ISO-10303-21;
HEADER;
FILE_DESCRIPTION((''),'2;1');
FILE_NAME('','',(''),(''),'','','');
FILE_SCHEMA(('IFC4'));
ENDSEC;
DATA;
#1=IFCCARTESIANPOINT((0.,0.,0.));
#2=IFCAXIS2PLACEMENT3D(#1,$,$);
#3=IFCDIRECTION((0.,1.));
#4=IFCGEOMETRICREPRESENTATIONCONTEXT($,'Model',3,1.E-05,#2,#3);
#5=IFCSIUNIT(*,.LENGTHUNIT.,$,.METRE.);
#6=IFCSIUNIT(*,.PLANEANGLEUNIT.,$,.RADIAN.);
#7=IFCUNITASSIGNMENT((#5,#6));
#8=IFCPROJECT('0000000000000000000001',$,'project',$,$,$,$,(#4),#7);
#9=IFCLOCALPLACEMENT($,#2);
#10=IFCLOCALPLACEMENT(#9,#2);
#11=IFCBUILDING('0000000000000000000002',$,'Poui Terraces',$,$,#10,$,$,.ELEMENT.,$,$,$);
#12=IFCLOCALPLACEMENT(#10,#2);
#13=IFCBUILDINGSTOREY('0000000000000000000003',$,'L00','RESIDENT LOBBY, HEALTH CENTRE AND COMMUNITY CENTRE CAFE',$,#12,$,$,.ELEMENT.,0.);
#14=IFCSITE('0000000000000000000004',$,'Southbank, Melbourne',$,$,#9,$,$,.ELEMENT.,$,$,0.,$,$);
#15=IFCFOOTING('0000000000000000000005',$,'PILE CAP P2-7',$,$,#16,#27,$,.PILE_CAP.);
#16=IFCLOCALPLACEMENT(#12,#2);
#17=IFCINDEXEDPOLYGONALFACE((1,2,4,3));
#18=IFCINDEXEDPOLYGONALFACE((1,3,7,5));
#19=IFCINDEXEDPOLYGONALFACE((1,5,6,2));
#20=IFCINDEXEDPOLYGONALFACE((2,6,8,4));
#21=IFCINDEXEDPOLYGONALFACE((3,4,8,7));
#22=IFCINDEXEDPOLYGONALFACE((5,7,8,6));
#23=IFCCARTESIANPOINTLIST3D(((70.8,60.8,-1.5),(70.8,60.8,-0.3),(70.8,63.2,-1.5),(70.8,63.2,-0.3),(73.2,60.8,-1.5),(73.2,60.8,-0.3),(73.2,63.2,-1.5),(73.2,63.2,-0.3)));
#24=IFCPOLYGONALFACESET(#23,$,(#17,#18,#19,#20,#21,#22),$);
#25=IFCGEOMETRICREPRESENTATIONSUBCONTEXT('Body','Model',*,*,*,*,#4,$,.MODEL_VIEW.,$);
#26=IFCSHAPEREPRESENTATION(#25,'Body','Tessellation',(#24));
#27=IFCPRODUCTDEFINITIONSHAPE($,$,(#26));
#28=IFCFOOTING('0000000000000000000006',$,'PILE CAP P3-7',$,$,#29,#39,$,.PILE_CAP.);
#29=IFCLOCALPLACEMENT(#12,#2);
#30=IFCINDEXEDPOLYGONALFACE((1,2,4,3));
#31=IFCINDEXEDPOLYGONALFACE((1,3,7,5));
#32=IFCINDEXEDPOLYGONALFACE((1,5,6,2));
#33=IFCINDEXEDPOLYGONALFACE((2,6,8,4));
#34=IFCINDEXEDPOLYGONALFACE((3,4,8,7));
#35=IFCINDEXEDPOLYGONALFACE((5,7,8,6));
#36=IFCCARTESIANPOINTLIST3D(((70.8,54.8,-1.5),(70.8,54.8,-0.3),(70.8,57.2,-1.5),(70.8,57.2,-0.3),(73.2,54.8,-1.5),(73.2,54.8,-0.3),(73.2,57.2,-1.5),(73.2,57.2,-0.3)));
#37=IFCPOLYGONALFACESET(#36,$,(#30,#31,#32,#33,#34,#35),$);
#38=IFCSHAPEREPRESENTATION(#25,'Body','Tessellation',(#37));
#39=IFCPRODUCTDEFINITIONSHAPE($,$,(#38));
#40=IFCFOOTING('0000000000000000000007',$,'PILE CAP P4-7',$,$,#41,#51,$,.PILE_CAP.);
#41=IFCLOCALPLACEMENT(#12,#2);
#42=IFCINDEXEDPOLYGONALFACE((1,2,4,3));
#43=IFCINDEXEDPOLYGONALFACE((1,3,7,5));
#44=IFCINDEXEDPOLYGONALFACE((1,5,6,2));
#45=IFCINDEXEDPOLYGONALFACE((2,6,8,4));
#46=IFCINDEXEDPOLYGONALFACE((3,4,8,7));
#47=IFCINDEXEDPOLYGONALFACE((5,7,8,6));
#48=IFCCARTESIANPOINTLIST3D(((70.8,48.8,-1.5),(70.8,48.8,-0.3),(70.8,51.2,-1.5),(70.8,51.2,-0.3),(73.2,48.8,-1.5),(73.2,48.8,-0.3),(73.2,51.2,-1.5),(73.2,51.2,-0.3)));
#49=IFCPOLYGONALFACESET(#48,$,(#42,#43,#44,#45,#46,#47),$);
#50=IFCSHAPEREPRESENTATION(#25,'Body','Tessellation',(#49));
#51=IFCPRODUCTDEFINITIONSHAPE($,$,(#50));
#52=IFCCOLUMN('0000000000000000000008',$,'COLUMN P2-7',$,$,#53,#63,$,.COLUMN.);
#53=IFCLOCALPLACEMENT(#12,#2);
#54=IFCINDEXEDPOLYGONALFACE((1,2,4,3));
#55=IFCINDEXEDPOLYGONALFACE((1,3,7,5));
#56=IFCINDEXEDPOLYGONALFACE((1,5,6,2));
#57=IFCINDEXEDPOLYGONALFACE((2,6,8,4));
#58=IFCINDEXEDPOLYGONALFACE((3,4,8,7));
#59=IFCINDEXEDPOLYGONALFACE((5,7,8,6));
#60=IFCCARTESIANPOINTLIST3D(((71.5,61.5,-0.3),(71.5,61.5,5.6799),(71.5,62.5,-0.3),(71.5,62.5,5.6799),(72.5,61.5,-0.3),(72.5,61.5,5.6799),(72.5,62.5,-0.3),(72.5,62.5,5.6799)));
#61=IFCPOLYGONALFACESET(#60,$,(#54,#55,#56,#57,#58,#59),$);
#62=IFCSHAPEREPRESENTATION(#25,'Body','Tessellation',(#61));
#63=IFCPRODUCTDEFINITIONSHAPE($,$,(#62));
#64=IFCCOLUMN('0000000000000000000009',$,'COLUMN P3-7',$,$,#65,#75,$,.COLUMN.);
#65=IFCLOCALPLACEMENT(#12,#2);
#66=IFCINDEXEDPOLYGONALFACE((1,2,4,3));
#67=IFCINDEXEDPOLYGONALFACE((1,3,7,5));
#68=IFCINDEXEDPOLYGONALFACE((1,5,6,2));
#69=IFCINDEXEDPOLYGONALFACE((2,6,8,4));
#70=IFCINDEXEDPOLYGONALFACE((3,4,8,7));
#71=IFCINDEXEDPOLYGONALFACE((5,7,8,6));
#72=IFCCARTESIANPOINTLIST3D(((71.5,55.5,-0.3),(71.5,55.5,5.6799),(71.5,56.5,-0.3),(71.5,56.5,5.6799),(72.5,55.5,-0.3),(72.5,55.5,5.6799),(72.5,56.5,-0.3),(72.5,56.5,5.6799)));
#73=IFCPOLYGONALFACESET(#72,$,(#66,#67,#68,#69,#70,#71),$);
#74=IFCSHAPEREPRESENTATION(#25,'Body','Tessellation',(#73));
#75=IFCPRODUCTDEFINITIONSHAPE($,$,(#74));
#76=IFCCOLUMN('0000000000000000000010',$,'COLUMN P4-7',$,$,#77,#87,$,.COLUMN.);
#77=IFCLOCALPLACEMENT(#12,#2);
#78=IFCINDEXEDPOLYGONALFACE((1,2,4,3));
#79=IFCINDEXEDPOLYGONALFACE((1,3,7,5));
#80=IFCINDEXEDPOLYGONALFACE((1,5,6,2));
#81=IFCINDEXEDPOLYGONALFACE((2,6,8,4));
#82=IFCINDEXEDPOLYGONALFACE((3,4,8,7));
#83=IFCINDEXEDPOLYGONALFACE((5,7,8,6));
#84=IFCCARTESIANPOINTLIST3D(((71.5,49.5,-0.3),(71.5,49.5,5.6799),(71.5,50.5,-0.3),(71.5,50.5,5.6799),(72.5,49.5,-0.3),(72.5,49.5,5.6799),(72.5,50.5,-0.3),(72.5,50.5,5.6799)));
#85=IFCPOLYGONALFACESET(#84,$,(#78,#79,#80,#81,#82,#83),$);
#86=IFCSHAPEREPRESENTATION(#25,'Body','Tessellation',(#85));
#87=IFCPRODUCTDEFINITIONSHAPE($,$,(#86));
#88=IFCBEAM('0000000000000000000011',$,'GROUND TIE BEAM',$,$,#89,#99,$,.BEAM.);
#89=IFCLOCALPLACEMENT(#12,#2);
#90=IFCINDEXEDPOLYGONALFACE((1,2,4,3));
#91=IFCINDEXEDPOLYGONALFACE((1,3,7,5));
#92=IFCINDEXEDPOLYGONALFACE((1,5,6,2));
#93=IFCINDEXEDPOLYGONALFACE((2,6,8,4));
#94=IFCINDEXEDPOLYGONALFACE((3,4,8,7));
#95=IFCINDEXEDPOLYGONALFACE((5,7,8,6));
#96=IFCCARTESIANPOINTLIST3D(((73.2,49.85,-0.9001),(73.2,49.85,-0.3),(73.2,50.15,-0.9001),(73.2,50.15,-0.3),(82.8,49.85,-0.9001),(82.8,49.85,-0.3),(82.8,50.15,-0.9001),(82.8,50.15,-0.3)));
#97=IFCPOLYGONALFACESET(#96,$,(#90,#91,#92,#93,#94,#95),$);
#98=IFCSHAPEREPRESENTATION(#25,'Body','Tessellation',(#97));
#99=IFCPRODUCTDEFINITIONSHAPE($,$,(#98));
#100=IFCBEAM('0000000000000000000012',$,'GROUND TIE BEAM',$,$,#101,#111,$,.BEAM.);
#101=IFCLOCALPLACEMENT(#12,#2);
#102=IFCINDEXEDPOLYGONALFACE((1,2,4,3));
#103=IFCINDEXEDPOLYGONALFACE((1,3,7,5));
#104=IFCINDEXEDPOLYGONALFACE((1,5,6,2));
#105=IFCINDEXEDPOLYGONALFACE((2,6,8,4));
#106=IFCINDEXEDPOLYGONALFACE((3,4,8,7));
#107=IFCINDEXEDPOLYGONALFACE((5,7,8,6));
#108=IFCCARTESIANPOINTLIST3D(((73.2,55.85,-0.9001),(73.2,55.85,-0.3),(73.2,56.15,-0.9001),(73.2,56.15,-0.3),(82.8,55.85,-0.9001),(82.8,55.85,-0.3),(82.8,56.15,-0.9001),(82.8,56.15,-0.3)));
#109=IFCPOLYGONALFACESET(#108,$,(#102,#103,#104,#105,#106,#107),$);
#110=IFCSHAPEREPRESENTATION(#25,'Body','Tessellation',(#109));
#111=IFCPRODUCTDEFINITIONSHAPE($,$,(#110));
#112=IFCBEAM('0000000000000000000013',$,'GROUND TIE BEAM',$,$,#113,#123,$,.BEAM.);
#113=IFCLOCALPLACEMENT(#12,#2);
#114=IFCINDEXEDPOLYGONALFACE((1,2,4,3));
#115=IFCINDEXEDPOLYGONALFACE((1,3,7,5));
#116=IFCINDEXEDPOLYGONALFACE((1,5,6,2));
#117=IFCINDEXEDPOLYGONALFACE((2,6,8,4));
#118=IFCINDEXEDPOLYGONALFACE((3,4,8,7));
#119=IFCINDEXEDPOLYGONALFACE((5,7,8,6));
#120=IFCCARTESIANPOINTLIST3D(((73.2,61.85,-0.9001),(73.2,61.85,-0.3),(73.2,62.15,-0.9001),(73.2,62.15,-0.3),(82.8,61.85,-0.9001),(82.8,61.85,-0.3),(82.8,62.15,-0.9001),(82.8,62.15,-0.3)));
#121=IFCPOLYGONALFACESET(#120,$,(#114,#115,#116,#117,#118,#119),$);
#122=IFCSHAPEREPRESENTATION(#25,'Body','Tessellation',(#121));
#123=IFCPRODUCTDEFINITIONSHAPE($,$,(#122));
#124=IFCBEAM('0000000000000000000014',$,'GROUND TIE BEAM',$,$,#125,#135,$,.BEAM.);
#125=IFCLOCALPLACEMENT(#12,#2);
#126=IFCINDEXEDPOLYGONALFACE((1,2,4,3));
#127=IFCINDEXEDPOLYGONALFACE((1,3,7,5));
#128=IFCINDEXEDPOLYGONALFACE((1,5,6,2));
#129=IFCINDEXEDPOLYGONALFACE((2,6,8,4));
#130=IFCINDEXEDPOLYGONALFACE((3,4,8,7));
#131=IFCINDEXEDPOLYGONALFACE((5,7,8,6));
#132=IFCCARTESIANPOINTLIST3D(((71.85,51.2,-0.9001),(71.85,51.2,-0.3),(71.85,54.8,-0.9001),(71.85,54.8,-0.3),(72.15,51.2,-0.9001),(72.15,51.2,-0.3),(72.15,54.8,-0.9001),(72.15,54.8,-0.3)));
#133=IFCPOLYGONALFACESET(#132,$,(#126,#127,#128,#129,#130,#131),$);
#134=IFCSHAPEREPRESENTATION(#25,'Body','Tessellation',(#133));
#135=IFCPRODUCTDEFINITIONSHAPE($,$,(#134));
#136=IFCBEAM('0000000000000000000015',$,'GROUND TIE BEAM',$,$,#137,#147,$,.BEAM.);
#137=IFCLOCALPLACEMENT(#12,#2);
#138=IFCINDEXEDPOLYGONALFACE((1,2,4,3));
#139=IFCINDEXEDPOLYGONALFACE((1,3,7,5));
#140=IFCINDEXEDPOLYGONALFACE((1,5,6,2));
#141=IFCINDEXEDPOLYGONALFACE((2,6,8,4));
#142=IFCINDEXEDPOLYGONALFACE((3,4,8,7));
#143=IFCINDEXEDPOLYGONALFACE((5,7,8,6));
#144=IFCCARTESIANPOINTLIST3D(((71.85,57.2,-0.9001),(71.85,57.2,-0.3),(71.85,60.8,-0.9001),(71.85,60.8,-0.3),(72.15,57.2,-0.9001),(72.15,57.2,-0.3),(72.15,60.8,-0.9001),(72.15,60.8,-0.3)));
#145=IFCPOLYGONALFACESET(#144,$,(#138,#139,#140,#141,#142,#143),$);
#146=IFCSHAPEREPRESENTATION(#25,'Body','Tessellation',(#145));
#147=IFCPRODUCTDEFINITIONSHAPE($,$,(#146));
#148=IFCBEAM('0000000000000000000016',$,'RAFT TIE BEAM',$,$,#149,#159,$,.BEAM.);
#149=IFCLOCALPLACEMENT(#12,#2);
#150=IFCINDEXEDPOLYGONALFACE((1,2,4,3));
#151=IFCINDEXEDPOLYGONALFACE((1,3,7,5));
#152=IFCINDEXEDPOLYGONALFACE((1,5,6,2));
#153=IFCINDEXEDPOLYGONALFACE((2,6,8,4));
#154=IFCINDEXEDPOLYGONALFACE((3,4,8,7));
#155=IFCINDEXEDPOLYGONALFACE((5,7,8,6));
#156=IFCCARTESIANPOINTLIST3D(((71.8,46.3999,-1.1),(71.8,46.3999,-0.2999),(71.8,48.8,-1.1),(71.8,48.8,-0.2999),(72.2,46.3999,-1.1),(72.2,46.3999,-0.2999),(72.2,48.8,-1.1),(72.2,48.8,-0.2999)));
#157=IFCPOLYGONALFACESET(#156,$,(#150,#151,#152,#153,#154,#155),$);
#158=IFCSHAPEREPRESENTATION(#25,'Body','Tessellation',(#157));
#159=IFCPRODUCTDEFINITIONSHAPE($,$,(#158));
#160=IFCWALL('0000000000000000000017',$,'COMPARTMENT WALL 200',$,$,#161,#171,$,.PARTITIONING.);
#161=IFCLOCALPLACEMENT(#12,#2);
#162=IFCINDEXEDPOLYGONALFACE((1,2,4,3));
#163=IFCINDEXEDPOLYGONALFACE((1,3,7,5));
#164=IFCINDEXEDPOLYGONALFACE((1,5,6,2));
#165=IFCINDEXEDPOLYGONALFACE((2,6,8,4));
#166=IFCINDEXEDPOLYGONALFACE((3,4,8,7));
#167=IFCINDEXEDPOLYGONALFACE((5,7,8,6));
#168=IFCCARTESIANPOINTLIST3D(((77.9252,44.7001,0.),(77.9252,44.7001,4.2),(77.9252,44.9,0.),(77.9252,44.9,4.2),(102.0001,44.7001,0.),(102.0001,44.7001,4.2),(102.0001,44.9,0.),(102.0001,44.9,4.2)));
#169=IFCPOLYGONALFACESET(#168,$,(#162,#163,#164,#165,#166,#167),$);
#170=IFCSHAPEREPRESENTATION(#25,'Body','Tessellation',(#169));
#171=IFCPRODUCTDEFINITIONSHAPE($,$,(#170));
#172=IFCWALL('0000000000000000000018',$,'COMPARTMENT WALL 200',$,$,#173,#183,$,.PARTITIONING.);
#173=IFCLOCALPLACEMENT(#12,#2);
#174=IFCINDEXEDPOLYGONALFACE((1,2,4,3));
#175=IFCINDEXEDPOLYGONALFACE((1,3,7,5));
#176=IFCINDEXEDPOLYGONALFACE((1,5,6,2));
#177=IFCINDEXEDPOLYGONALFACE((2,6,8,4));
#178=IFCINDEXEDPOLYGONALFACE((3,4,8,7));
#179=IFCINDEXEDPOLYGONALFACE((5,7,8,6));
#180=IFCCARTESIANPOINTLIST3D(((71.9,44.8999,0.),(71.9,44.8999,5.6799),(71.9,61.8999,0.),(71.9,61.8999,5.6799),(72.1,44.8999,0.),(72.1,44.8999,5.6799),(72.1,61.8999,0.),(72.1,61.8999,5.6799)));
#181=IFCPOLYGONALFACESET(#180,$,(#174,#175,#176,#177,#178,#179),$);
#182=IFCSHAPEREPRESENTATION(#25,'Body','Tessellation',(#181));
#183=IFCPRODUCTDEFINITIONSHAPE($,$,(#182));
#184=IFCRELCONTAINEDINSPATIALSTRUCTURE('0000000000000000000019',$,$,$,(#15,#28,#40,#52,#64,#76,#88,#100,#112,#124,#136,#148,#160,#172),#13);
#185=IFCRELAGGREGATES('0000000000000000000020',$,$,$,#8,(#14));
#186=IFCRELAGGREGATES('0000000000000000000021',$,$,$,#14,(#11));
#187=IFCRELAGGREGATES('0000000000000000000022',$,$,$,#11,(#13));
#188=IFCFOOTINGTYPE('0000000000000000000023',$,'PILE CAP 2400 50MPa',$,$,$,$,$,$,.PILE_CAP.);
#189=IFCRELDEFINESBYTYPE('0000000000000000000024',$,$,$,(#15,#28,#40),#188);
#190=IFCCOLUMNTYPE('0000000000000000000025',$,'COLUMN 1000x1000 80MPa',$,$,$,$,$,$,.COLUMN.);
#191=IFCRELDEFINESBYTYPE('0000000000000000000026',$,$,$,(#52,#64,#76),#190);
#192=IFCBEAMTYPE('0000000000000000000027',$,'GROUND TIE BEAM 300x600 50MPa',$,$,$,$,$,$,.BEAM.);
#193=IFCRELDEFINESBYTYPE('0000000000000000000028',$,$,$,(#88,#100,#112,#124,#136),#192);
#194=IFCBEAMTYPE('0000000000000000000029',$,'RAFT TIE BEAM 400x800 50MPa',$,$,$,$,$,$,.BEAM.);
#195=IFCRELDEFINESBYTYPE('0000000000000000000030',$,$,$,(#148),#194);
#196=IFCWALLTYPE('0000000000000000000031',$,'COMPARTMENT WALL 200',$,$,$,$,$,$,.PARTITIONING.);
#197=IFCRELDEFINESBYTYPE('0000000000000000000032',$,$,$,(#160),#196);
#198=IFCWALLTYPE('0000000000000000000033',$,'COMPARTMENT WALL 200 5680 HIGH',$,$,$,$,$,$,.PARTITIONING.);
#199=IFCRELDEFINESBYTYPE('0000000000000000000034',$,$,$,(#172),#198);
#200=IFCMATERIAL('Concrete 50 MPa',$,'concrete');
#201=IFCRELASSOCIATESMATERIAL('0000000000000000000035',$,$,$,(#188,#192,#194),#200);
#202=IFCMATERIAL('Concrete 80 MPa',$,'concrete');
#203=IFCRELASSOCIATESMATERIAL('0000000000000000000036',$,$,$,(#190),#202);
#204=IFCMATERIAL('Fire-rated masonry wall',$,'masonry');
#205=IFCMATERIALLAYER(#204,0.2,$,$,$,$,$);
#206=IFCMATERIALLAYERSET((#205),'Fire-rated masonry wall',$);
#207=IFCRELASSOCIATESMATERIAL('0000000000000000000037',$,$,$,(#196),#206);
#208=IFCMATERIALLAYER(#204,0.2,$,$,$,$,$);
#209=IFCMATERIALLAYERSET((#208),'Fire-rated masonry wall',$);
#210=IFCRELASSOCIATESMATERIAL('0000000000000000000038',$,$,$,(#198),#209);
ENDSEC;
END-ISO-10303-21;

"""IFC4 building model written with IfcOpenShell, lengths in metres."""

from ifc_helpers import new_model, si_unit, direction, frame, frame_2d, origin, origin_2d, place, context, subcontext, project, spatial, rectangle, extrude, source, transform, mapped, material, layer, layer_set, material_profile, profile_set, type_object, element, save


model = new_model("IFC4")

# Units and contexts
model_context = context("Model", 3, precision=1e-05, world=origin(), true_north=direction((0.0, 1.0)))
body_context = subcontext(model_context, "Body", "Model", "MODEL_VIEW")
ifc_project = project(units=[si_unit("LENGTHUNIT", "METRE"), si_unit("PLANEANGLEUNIT", "RADIAN")], contexts=[model_context])

# Site, building, storey
site_placement = place(None, origin())
site = spatial("IfcSite", under=ifc_project, at=site_placement, Name="Southbank, Melbourne", CompositionType="ELEMENT", RefElevation=0.0)
building_placement = place(site_placement, origin())
building = spatial("IfcBuilding", under=site, at=building_placement, Name="Poui Terraces", CompositionType="ELEMENT")
storey_placement = place(building_placement, origin())
storey = spatial("IfcBuildingStorey", under=building, at=storey_placement, Name="L00", Description="RESIDENT LOBBY, HEALTH CENTRE AND COMMUNITY CENTRE CAFE", CompositionType="ELEMENT", Elevation=0.0)

# Shared definitions
ifc_material_1 = material(Name="Concrete 50 MPa", Category="concrete")

# Footings
footing_type = type_object("IfcFootingType", Name="PILE CAP 2400 50MPa", PredefinedType="PILE_CAP", material=ifc_material_1)
shared_shape_1 = source(origin(), body_context, "Body", "SweptSolid", [
    extrude(rectangle(XDim=2.3999, YDim=2.3999, at=origin_2d()), origin(), (0.0, 0.0, 1.0), 1.2),
])
for number, where, z_axis, x_axis, name in (
    (1, (72.0, 62.0, -1.5), (0.0, 0.0, 1.0), (1.0, 0.0, 0.0), "PILE CAP P2-7"),
    (2, (72.0, 56.0, -1.5), (0.0, 0.0, 1.0), (1.0, 0.0, 0.0), "PILE CAP P3-7"),
    (3, (72.0, 50.0, -1.5), (0.0, 0.0, 1.0), (1.0, 0.0, 0.0), "PILE CAP P4-7"),
):
    element("IfcFooting", number, at=place(storey_placement, frame(where, z_axis=z_axis, x_axis=x_axis)), inside=storey, type_object=footing_type, Name=name, PredefinedType="PILE_CAP", context=body_context, shape_type="MappedRepresentation", body=[
        mapped(shared_shape_1, transform((0.0, 0.0, 0.0))),
    ])

# Columns
ifc_material_2 = material(Name="Concrete 80 MPa", Category="concrete")
ifc_material_profile_1 = material_profile(ifc_material_2, rectangle(XDim=1.0, YDim=1.0, at=origin_2d()), Name="RC 1000x1000")
ifc_profile_set_1 = profile_set([ifc_material_profile_1], Name="Concrete 80 MPa")
column_type = type_object("IfcColumnType", Name="COLUMN 1000x1000 80MPa", PredefinedType="COLUMN", material=ifc_profile_set_1)
shared_shape_2 = source(origin(), body_context, "Body", "SweptSolid", [
    extrude(rectangle(XDim=1.0, YDim=1.0, at=origin_2d()), origin(), (0.0, 0.0, 1.0), 5.98),
])
for number, where, z_axis, x_axis, name in (
    (4, (72.0, 62.0, -0.3), (0.0, 0.0, 1.0), (1.0, 0.0, 0.0), "COLUMN P2-7"),
    (5, (72.0, 56.0, -0.3), (0.0, 0.0, 1.0), (1.0, 0.0, 0.0), "COLUMN P3-7"),
    (6, (72.0, 50.0, -0.3), (0.0, 0.0, 1.0), (1.0, 0.0, 0.0), "COLUMN P4-7"),
):
    element("IfcColumn", number, at=place(storey_placement, frame(where, z_axis=z_axis, x_axis=x_axis)), inside=storey, type_object=column_type, Name=name, PredefinedType="COLUMN", context=body_context, shape_type="MappedRepresentation", body=[
        mapped(shared_shape_2, transform((0.0, 0.0, 0.0))),
    ])

# Beams
ifc_material_profile_2 = material_profile(ifc_material_1, rectangle(XDim=0.3, YDim=0.6001, at=origin_2d()), Name="RC 300x600")
ifc_profile_set_2 = profile_set([ifc_material_profile_2], Name="Concrete 50 MPa")
beam_type_1 = type_object("IfcBeamType", Name="GROUND TIE BEAM 300x600 50MPa", PredefinedType="BEAM", material=ifc_profile_set_2)
shared_shape_3 = source(origin(), body_context, "Body", "SweptSolid", [
    extrude(rectangle(XDim=0.3, YDim=0.6001, at=origin_2d()), origin(), (0.0, 0.0, 1.0), 9.6001),
])
for number, where, z_axis, x_axis, name in (
    (7, (73.2, 50.0, -0.6001), (1.0, 0.0, 0.0), (0.0, 1.0, 0.0), "GROUND TIE BEAM"),
    (8, (73.2, 56.0, -0.6001), (1.0, 0.0, 0.0), (0.0, 1.0, 0.0), "GROUND TIE BEAM"),
    (9, (73.2, 62.0, -0.6001), (1.0, 0.0, 0.0), (0.0, 1.0, 0.0), "GROUND TIE BEAM"),
):
    element("IfcBeam", number, at=place(storey_placement, frame(where, z_axis=z_axis, x_axis=x_axis)), inside=storey, type_object=beam_type_1, Name=name, PredefinedType="BEAM", context=body_context, shape_type="MappedRepresentation", body=[
        mapped(shared_shape_3, transform((0.0, 0.0, 0.0))),
    ])
shared_shape_4 = source(origin(), body_context, "Body", "SweptSolid", [
    extrude(rectangle(XDim=0.3, YDim=0.6001, at=origin_2d()), origin(), (0.0, 0.0, 1.0), 3.6001),
])
for number, where, z_axis, x_axis, name in (
    (10, (72.0, 51.2, -0.6001), (0.0, 1.0, 0.0), (-1.0, 0.0, 0.0), "GROUND TIE BEAM"),
    (11, (72.0, 57.2, -0.6001), (0.0, 1.0, 0.0), (-1.0, 0.0, 0.0), "GROUND TIE BEAM"),
):
    element("IfcBeam", number, at=place(storey_placement, frame(where, z_axis=z_axis, x_axis=x_axis)), inside=storey, type_object=beam_type_1, Name=name, PredefinedType="BEAM", context=body_context, shape_type="MappedRepresentation", body=[
        mapped(shared_shape_4, transform((0.0, 0.0, 0.0))),
    ])
ifc_material_profile_3 = material_profile(ifc_material_1, rectangle(XDim=0.3999, YDim=0.8, at=origin_2d()), Name="RC 400x800")
ifc_profile_set_3 = profile_set([ifc_material_profile_3], Name="Concrete 50 MPa")
beam_type_2 = type_object("IfcBeamType", Name="RAFT TIE BEAM 400x800 50MPa", PredefinedType="BEAM", material=ifc_profile_set_3)
shared_shape_5 = source(origin(), body_context, "Body", "SweptSolid", [
    extrude(rectangle(XDim=0.3999, YDim=0.8, at=origin_2d()), origin(), (0.0, 0.0, 1.0), 2.4001),
])
beam_placement = place(storey_placement, frame((72.0, 46.3999, -0.7), z_axis=(0.0, 1.0, 0.0), x_axis=(-1.0, 0.0, 0.0)))
element("IfcBeam", 12, at=beam_placement, inside=storey, type_object=beam_type_2, Name="RAFT TIE BEAM", PredefinedType="BEAM", context=body_context, shape_type="MappedRepresentation", body=[
    mapped(shared_shape_5, transform((0.0, 0.0, 0.0))),
])

# Walls
ifc_material_3 = material(Name="Fire-rated masonry wall", Category="masonry")
ifc_layer_1 = layer(ifc_material_3, 0.2)
ifc_layer_set_1 = layer_set([ifc_layer_1], Name="Fire-rated masonry wall")
wall_type_1 = type_object("IfcWallType", Name="COMPARTMENT WALL 200", PredefinedType="PARTITIONING", material=ifc_layer_set_1)
wall_1_placement = place(storey_placement, frame((77.925, 44.8, 0.0), z_axis=(0.0, 0.0, 1.0), x_axis=(1.0, 0.0, 0.0)))
element("IfcWall", 13, at=wall_1_placement, inside=storey, type_object=wall_type_1, Name="COMPARTMENT WALL 200", PredefinedType="PARTITIONING", context=body_context, shape_type="SweptSolid", body=[
    extrude(rectangle(XDim=24.075, YDim=0.2, at=frame_2d((12.0376, 0.0))), origin(), (0.0, 0.0, 1.0), 4.2),
])
ifc_layer_2 = layer(ifc_material_3, 0.2)
ifc_layer_set_2 = layer_set([ifc_layer_2], Name="Fire-rated masonry wall")
wall_type_2 = type_object("IfcWallType", Name="COMPARTMENT WALL 200 5680 HIGH", PredefinedType="PARTITIONING", material=ifc_layer_set_2)
wall_2_placement = place(storey_placement, frame((72.0, 44.8999, 0.0), z_axis=(0.0, 0.0, 1.0), x_axis=(0.0, 1.0, 0.0)))
element("IfcWall", 14, at=wall_2_placement, inside=storey, type_object=wall_type_2, Name="COMPARTMENT WALL 200", PredefinedType="PARTITIONING", context=body_context, shape_type="SweptSolid", body=[
    extrude(rectangle(XDim=17.0, YDim=0.2, at=frame_2d((8.5, 0.0))), origin(), (0.0, 0.0, 1.0), 5.6799),
])

save(model, "model.ifc")
